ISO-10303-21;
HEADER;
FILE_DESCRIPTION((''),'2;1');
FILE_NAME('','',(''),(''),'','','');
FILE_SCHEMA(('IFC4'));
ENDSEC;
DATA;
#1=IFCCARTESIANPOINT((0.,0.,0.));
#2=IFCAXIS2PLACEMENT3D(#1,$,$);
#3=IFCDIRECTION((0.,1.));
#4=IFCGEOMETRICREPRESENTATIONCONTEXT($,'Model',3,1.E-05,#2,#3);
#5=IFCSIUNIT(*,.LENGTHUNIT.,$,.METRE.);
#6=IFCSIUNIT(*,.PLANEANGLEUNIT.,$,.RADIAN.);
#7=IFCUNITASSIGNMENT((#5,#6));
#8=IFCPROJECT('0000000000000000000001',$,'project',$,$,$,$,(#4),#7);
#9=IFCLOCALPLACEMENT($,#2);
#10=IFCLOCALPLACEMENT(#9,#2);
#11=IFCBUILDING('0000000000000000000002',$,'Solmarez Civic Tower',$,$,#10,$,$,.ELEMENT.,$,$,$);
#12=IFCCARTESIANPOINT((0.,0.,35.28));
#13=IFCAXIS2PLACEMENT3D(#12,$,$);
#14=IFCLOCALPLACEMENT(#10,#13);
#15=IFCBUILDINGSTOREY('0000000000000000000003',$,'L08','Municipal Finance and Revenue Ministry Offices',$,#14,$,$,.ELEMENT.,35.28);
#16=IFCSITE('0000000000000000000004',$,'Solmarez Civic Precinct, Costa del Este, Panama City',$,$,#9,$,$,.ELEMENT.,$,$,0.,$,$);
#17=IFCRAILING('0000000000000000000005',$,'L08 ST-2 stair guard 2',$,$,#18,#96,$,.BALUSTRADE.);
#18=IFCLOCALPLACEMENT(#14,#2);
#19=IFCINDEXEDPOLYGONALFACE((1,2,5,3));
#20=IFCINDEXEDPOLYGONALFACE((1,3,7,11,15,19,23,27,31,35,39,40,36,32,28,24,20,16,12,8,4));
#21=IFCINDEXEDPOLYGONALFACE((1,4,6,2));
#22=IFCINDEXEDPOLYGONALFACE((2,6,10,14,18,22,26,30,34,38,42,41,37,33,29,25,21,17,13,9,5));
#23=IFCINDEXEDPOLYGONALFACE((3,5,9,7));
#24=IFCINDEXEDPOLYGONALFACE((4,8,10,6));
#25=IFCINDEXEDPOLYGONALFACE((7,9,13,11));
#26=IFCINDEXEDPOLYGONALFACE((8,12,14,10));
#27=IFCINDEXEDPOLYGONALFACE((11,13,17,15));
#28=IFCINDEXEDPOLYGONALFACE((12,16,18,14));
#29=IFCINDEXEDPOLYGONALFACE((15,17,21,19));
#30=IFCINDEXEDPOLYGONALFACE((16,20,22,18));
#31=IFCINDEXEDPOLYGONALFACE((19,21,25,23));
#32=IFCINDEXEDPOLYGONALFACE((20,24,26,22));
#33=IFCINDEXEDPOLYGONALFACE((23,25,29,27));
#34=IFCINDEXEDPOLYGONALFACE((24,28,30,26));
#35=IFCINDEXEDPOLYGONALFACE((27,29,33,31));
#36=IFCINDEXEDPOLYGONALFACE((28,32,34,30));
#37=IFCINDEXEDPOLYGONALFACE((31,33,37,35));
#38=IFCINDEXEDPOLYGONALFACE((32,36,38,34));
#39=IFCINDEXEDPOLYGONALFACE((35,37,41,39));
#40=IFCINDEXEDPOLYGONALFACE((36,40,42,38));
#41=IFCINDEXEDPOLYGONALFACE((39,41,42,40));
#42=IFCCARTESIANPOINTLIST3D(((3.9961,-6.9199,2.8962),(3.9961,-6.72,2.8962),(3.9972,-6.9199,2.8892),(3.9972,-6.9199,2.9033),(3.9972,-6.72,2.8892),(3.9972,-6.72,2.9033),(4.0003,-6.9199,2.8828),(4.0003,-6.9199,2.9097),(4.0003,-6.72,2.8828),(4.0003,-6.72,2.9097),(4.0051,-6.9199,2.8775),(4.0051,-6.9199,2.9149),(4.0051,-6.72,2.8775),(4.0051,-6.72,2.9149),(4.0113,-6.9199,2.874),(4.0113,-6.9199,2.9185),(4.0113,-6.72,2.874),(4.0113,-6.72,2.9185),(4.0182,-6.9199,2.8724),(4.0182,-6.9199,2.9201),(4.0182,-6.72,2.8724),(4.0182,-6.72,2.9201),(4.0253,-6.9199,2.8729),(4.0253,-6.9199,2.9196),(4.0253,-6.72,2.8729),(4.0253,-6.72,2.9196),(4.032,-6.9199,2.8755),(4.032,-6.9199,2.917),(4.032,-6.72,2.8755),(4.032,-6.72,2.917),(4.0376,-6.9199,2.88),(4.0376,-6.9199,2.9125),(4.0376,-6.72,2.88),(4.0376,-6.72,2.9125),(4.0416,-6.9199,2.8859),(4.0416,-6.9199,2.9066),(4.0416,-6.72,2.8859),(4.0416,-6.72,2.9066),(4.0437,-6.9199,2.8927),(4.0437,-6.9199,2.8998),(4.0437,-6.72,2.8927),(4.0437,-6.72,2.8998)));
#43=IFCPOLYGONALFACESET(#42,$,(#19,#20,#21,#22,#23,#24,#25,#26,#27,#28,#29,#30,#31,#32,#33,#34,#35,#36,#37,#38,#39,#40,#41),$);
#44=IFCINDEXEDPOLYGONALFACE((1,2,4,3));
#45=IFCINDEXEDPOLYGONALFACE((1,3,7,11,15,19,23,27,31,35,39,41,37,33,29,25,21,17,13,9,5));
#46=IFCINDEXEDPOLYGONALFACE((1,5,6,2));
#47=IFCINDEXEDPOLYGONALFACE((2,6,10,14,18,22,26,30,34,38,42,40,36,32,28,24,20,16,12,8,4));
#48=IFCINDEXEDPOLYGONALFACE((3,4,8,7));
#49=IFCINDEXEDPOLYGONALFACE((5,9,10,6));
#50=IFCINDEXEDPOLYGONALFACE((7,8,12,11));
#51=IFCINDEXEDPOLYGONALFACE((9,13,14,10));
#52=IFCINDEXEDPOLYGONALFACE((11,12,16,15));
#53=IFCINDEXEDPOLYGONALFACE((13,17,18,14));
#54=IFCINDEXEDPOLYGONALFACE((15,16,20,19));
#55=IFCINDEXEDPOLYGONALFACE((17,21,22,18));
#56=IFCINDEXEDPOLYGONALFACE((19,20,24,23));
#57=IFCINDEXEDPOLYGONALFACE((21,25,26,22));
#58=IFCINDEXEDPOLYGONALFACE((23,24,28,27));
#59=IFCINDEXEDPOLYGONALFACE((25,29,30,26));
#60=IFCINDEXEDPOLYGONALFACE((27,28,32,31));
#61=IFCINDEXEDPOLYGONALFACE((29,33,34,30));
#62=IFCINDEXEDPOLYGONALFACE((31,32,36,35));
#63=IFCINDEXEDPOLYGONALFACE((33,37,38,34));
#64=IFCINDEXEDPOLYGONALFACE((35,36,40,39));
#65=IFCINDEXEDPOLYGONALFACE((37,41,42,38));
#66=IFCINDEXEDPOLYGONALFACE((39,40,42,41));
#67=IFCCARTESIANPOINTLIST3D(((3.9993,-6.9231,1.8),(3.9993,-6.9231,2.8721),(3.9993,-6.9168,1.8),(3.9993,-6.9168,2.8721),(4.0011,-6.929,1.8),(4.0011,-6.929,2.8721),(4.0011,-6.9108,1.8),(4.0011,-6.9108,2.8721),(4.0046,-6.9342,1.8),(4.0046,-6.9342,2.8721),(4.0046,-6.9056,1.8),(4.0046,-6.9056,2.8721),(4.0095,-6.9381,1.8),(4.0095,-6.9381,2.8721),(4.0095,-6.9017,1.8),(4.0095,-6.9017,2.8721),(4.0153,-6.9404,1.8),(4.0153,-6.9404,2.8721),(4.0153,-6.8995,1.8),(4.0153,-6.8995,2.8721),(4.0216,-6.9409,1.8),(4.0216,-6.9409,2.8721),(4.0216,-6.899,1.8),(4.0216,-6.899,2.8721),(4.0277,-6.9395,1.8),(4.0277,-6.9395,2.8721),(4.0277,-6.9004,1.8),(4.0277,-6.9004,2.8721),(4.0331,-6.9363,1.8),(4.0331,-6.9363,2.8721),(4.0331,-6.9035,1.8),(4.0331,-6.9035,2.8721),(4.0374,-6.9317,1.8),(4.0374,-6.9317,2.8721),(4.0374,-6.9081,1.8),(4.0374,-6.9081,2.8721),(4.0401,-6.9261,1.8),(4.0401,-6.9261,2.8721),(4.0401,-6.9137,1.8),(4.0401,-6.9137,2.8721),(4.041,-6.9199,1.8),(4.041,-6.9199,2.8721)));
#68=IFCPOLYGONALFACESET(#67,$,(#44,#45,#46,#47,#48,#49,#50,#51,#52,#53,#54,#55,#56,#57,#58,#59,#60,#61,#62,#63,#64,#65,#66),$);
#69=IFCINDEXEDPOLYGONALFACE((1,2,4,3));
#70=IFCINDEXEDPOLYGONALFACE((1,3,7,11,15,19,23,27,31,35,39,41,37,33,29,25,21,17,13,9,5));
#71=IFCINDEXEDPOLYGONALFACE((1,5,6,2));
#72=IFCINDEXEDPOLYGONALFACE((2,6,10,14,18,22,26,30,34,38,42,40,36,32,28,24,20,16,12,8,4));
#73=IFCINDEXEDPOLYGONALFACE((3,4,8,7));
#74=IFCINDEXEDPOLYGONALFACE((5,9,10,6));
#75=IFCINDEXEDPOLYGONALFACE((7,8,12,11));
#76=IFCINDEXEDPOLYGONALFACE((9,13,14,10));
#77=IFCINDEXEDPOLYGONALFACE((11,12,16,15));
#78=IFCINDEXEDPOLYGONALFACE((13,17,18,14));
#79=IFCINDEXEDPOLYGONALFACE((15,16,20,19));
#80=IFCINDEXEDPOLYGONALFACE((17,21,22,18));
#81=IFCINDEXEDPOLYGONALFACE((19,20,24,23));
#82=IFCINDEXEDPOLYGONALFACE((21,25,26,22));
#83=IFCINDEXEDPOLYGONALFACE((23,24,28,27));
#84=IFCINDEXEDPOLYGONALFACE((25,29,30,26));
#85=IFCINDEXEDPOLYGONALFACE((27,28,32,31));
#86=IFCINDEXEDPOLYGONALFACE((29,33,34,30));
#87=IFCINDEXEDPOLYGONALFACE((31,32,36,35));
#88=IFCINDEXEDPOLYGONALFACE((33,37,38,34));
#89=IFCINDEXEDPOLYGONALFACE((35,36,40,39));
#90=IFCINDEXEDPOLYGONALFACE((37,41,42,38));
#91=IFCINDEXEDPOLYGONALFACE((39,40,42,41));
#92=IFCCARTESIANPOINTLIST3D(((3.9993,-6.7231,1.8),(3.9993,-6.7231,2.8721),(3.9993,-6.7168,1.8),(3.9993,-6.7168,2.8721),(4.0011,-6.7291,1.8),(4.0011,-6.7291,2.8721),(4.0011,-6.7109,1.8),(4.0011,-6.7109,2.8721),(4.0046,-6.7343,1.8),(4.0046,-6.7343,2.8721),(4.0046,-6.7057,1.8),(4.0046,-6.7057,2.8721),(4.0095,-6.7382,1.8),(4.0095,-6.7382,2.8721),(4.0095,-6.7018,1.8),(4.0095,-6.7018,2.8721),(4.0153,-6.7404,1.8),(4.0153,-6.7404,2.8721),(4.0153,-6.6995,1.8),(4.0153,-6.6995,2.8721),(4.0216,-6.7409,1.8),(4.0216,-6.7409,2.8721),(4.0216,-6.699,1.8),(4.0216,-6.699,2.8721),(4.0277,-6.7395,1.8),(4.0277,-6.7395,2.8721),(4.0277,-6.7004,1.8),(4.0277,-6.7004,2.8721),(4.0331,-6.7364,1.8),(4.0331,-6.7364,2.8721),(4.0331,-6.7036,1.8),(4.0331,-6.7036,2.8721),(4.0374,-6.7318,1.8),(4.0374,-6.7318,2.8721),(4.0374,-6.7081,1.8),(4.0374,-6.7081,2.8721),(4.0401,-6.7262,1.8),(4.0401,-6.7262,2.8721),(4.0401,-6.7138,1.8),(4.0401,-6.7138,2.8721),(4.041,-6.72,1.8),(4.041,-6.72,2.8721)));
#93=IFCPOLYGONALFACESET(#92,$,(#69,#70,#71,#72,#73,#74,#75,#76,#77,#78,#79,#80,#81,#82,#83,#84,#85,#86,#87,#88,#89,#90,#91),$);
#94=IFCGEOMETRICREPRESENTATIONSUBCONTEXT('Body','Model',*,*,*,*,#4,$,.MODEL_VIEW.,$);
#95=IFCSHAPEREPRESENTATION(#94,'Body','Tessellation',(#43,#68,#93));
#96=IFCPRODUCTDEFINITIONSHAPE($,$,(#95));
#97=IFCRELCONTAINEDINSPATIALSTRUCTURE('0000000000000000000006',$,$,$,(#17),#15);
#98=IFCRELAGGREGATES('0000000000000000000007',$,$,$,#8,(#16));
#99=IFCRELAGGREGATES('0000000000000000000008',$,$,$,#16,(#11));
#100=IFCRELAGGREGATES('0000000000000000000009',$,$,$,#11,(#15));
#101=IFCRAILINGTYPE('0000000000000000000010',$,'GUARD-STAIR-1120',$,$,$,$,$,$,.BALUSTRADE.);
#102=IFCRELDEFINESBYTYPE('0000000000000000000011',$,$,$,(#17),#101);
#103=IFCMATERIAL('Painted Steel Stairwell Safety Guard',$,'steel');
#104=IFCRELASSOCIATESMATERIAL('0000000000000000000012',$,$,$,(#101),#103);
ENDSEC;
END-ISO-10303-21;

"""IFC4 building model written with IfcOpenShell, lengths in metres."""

from ifc_helpers import new_model, si_unit, direction, frame, origin, origin_2d, place, context, subcontext, project, spatial, circle, extrude, material, type_object, element, save


model = new_model("IFC4")

# Units and contexts
model_context = context("Model", 3, precision=1e-05, world=origin(), true_north=direction((0.0, 1.0)))
body_context = subcontext(model_context, "Body", "Model", "MODEL_VIEW")
ifc_project = project(units=[si_unit("LENGTHUNIT", "METRE"), si_unit("PLANEANGLEUNIT", "RADIAN")], contexts=[model_context])

# Site, building, storey
site_placement = place(None, origin())
site = spatial("IfcSite", under=ifc_project, at=site_placement, Name="Solmarez Civic Precinct, Costa del Este, Panama City", CompositionType="ELEMENT", RefElevation=0.0)
building_placement = place(site_placement, origin())
building = spatial("IfcBuilding", under=site, at=building_placement, Name="Solmarez Civic Tower", CompositionType="ELEMENT")
storey_placement = place(building_placement, frame((0.0, 0.0, 35.28)))
storey = spatial("IfcBuildingStorey", under=building, at=storey_placement, Name="L08", Description="Municipal Finance and Revenue Ministry Offices", CompositionType="ELEMENT", Elevation=35.28)

# Railing
ifc_material_1 = material(Name="Painted Steel Stairwell Safety Guard", Category="steel")
railing_type_1 = type_object("IfcRailingType", Name="GUARD-STAIR-1120", PredefinedType="BALUSTRADE", material=ifc_material_1)
railing_1_placement = place(storey_placement, frame((4.02, -6.9199, 1.8)))
element("IfcRailing", 1, at=railing_1_placement, inside=storey, type_object=railing_type_1, Name="L08 ST-2 stair guard 2", PredefinedType="BALUSTRADE", context=body_context, shape_type="SweptSolid", body=[
    extrude(circle(Radius=0.0239, at=origin_2d()), frame((0.0, 0.0, 1.0962), z_axis=(0.0, 1.0, 0.0), x_axis=(-1.0, 0.0, 0.0)), (0.0, 0.0, 1.0), 0.2),
    extrude(circle(Radius=0.021, at=origin_2d()), origin(), (0.0, 0.0, 1.0), 1.072),
    extrude(circle(Radius=0.021, at=origin_2d()), frame((0.0, 0.2, 0.0)), (0.0, 0.0, 1.0), 1.072),
])

save(model, "model.ifc")
